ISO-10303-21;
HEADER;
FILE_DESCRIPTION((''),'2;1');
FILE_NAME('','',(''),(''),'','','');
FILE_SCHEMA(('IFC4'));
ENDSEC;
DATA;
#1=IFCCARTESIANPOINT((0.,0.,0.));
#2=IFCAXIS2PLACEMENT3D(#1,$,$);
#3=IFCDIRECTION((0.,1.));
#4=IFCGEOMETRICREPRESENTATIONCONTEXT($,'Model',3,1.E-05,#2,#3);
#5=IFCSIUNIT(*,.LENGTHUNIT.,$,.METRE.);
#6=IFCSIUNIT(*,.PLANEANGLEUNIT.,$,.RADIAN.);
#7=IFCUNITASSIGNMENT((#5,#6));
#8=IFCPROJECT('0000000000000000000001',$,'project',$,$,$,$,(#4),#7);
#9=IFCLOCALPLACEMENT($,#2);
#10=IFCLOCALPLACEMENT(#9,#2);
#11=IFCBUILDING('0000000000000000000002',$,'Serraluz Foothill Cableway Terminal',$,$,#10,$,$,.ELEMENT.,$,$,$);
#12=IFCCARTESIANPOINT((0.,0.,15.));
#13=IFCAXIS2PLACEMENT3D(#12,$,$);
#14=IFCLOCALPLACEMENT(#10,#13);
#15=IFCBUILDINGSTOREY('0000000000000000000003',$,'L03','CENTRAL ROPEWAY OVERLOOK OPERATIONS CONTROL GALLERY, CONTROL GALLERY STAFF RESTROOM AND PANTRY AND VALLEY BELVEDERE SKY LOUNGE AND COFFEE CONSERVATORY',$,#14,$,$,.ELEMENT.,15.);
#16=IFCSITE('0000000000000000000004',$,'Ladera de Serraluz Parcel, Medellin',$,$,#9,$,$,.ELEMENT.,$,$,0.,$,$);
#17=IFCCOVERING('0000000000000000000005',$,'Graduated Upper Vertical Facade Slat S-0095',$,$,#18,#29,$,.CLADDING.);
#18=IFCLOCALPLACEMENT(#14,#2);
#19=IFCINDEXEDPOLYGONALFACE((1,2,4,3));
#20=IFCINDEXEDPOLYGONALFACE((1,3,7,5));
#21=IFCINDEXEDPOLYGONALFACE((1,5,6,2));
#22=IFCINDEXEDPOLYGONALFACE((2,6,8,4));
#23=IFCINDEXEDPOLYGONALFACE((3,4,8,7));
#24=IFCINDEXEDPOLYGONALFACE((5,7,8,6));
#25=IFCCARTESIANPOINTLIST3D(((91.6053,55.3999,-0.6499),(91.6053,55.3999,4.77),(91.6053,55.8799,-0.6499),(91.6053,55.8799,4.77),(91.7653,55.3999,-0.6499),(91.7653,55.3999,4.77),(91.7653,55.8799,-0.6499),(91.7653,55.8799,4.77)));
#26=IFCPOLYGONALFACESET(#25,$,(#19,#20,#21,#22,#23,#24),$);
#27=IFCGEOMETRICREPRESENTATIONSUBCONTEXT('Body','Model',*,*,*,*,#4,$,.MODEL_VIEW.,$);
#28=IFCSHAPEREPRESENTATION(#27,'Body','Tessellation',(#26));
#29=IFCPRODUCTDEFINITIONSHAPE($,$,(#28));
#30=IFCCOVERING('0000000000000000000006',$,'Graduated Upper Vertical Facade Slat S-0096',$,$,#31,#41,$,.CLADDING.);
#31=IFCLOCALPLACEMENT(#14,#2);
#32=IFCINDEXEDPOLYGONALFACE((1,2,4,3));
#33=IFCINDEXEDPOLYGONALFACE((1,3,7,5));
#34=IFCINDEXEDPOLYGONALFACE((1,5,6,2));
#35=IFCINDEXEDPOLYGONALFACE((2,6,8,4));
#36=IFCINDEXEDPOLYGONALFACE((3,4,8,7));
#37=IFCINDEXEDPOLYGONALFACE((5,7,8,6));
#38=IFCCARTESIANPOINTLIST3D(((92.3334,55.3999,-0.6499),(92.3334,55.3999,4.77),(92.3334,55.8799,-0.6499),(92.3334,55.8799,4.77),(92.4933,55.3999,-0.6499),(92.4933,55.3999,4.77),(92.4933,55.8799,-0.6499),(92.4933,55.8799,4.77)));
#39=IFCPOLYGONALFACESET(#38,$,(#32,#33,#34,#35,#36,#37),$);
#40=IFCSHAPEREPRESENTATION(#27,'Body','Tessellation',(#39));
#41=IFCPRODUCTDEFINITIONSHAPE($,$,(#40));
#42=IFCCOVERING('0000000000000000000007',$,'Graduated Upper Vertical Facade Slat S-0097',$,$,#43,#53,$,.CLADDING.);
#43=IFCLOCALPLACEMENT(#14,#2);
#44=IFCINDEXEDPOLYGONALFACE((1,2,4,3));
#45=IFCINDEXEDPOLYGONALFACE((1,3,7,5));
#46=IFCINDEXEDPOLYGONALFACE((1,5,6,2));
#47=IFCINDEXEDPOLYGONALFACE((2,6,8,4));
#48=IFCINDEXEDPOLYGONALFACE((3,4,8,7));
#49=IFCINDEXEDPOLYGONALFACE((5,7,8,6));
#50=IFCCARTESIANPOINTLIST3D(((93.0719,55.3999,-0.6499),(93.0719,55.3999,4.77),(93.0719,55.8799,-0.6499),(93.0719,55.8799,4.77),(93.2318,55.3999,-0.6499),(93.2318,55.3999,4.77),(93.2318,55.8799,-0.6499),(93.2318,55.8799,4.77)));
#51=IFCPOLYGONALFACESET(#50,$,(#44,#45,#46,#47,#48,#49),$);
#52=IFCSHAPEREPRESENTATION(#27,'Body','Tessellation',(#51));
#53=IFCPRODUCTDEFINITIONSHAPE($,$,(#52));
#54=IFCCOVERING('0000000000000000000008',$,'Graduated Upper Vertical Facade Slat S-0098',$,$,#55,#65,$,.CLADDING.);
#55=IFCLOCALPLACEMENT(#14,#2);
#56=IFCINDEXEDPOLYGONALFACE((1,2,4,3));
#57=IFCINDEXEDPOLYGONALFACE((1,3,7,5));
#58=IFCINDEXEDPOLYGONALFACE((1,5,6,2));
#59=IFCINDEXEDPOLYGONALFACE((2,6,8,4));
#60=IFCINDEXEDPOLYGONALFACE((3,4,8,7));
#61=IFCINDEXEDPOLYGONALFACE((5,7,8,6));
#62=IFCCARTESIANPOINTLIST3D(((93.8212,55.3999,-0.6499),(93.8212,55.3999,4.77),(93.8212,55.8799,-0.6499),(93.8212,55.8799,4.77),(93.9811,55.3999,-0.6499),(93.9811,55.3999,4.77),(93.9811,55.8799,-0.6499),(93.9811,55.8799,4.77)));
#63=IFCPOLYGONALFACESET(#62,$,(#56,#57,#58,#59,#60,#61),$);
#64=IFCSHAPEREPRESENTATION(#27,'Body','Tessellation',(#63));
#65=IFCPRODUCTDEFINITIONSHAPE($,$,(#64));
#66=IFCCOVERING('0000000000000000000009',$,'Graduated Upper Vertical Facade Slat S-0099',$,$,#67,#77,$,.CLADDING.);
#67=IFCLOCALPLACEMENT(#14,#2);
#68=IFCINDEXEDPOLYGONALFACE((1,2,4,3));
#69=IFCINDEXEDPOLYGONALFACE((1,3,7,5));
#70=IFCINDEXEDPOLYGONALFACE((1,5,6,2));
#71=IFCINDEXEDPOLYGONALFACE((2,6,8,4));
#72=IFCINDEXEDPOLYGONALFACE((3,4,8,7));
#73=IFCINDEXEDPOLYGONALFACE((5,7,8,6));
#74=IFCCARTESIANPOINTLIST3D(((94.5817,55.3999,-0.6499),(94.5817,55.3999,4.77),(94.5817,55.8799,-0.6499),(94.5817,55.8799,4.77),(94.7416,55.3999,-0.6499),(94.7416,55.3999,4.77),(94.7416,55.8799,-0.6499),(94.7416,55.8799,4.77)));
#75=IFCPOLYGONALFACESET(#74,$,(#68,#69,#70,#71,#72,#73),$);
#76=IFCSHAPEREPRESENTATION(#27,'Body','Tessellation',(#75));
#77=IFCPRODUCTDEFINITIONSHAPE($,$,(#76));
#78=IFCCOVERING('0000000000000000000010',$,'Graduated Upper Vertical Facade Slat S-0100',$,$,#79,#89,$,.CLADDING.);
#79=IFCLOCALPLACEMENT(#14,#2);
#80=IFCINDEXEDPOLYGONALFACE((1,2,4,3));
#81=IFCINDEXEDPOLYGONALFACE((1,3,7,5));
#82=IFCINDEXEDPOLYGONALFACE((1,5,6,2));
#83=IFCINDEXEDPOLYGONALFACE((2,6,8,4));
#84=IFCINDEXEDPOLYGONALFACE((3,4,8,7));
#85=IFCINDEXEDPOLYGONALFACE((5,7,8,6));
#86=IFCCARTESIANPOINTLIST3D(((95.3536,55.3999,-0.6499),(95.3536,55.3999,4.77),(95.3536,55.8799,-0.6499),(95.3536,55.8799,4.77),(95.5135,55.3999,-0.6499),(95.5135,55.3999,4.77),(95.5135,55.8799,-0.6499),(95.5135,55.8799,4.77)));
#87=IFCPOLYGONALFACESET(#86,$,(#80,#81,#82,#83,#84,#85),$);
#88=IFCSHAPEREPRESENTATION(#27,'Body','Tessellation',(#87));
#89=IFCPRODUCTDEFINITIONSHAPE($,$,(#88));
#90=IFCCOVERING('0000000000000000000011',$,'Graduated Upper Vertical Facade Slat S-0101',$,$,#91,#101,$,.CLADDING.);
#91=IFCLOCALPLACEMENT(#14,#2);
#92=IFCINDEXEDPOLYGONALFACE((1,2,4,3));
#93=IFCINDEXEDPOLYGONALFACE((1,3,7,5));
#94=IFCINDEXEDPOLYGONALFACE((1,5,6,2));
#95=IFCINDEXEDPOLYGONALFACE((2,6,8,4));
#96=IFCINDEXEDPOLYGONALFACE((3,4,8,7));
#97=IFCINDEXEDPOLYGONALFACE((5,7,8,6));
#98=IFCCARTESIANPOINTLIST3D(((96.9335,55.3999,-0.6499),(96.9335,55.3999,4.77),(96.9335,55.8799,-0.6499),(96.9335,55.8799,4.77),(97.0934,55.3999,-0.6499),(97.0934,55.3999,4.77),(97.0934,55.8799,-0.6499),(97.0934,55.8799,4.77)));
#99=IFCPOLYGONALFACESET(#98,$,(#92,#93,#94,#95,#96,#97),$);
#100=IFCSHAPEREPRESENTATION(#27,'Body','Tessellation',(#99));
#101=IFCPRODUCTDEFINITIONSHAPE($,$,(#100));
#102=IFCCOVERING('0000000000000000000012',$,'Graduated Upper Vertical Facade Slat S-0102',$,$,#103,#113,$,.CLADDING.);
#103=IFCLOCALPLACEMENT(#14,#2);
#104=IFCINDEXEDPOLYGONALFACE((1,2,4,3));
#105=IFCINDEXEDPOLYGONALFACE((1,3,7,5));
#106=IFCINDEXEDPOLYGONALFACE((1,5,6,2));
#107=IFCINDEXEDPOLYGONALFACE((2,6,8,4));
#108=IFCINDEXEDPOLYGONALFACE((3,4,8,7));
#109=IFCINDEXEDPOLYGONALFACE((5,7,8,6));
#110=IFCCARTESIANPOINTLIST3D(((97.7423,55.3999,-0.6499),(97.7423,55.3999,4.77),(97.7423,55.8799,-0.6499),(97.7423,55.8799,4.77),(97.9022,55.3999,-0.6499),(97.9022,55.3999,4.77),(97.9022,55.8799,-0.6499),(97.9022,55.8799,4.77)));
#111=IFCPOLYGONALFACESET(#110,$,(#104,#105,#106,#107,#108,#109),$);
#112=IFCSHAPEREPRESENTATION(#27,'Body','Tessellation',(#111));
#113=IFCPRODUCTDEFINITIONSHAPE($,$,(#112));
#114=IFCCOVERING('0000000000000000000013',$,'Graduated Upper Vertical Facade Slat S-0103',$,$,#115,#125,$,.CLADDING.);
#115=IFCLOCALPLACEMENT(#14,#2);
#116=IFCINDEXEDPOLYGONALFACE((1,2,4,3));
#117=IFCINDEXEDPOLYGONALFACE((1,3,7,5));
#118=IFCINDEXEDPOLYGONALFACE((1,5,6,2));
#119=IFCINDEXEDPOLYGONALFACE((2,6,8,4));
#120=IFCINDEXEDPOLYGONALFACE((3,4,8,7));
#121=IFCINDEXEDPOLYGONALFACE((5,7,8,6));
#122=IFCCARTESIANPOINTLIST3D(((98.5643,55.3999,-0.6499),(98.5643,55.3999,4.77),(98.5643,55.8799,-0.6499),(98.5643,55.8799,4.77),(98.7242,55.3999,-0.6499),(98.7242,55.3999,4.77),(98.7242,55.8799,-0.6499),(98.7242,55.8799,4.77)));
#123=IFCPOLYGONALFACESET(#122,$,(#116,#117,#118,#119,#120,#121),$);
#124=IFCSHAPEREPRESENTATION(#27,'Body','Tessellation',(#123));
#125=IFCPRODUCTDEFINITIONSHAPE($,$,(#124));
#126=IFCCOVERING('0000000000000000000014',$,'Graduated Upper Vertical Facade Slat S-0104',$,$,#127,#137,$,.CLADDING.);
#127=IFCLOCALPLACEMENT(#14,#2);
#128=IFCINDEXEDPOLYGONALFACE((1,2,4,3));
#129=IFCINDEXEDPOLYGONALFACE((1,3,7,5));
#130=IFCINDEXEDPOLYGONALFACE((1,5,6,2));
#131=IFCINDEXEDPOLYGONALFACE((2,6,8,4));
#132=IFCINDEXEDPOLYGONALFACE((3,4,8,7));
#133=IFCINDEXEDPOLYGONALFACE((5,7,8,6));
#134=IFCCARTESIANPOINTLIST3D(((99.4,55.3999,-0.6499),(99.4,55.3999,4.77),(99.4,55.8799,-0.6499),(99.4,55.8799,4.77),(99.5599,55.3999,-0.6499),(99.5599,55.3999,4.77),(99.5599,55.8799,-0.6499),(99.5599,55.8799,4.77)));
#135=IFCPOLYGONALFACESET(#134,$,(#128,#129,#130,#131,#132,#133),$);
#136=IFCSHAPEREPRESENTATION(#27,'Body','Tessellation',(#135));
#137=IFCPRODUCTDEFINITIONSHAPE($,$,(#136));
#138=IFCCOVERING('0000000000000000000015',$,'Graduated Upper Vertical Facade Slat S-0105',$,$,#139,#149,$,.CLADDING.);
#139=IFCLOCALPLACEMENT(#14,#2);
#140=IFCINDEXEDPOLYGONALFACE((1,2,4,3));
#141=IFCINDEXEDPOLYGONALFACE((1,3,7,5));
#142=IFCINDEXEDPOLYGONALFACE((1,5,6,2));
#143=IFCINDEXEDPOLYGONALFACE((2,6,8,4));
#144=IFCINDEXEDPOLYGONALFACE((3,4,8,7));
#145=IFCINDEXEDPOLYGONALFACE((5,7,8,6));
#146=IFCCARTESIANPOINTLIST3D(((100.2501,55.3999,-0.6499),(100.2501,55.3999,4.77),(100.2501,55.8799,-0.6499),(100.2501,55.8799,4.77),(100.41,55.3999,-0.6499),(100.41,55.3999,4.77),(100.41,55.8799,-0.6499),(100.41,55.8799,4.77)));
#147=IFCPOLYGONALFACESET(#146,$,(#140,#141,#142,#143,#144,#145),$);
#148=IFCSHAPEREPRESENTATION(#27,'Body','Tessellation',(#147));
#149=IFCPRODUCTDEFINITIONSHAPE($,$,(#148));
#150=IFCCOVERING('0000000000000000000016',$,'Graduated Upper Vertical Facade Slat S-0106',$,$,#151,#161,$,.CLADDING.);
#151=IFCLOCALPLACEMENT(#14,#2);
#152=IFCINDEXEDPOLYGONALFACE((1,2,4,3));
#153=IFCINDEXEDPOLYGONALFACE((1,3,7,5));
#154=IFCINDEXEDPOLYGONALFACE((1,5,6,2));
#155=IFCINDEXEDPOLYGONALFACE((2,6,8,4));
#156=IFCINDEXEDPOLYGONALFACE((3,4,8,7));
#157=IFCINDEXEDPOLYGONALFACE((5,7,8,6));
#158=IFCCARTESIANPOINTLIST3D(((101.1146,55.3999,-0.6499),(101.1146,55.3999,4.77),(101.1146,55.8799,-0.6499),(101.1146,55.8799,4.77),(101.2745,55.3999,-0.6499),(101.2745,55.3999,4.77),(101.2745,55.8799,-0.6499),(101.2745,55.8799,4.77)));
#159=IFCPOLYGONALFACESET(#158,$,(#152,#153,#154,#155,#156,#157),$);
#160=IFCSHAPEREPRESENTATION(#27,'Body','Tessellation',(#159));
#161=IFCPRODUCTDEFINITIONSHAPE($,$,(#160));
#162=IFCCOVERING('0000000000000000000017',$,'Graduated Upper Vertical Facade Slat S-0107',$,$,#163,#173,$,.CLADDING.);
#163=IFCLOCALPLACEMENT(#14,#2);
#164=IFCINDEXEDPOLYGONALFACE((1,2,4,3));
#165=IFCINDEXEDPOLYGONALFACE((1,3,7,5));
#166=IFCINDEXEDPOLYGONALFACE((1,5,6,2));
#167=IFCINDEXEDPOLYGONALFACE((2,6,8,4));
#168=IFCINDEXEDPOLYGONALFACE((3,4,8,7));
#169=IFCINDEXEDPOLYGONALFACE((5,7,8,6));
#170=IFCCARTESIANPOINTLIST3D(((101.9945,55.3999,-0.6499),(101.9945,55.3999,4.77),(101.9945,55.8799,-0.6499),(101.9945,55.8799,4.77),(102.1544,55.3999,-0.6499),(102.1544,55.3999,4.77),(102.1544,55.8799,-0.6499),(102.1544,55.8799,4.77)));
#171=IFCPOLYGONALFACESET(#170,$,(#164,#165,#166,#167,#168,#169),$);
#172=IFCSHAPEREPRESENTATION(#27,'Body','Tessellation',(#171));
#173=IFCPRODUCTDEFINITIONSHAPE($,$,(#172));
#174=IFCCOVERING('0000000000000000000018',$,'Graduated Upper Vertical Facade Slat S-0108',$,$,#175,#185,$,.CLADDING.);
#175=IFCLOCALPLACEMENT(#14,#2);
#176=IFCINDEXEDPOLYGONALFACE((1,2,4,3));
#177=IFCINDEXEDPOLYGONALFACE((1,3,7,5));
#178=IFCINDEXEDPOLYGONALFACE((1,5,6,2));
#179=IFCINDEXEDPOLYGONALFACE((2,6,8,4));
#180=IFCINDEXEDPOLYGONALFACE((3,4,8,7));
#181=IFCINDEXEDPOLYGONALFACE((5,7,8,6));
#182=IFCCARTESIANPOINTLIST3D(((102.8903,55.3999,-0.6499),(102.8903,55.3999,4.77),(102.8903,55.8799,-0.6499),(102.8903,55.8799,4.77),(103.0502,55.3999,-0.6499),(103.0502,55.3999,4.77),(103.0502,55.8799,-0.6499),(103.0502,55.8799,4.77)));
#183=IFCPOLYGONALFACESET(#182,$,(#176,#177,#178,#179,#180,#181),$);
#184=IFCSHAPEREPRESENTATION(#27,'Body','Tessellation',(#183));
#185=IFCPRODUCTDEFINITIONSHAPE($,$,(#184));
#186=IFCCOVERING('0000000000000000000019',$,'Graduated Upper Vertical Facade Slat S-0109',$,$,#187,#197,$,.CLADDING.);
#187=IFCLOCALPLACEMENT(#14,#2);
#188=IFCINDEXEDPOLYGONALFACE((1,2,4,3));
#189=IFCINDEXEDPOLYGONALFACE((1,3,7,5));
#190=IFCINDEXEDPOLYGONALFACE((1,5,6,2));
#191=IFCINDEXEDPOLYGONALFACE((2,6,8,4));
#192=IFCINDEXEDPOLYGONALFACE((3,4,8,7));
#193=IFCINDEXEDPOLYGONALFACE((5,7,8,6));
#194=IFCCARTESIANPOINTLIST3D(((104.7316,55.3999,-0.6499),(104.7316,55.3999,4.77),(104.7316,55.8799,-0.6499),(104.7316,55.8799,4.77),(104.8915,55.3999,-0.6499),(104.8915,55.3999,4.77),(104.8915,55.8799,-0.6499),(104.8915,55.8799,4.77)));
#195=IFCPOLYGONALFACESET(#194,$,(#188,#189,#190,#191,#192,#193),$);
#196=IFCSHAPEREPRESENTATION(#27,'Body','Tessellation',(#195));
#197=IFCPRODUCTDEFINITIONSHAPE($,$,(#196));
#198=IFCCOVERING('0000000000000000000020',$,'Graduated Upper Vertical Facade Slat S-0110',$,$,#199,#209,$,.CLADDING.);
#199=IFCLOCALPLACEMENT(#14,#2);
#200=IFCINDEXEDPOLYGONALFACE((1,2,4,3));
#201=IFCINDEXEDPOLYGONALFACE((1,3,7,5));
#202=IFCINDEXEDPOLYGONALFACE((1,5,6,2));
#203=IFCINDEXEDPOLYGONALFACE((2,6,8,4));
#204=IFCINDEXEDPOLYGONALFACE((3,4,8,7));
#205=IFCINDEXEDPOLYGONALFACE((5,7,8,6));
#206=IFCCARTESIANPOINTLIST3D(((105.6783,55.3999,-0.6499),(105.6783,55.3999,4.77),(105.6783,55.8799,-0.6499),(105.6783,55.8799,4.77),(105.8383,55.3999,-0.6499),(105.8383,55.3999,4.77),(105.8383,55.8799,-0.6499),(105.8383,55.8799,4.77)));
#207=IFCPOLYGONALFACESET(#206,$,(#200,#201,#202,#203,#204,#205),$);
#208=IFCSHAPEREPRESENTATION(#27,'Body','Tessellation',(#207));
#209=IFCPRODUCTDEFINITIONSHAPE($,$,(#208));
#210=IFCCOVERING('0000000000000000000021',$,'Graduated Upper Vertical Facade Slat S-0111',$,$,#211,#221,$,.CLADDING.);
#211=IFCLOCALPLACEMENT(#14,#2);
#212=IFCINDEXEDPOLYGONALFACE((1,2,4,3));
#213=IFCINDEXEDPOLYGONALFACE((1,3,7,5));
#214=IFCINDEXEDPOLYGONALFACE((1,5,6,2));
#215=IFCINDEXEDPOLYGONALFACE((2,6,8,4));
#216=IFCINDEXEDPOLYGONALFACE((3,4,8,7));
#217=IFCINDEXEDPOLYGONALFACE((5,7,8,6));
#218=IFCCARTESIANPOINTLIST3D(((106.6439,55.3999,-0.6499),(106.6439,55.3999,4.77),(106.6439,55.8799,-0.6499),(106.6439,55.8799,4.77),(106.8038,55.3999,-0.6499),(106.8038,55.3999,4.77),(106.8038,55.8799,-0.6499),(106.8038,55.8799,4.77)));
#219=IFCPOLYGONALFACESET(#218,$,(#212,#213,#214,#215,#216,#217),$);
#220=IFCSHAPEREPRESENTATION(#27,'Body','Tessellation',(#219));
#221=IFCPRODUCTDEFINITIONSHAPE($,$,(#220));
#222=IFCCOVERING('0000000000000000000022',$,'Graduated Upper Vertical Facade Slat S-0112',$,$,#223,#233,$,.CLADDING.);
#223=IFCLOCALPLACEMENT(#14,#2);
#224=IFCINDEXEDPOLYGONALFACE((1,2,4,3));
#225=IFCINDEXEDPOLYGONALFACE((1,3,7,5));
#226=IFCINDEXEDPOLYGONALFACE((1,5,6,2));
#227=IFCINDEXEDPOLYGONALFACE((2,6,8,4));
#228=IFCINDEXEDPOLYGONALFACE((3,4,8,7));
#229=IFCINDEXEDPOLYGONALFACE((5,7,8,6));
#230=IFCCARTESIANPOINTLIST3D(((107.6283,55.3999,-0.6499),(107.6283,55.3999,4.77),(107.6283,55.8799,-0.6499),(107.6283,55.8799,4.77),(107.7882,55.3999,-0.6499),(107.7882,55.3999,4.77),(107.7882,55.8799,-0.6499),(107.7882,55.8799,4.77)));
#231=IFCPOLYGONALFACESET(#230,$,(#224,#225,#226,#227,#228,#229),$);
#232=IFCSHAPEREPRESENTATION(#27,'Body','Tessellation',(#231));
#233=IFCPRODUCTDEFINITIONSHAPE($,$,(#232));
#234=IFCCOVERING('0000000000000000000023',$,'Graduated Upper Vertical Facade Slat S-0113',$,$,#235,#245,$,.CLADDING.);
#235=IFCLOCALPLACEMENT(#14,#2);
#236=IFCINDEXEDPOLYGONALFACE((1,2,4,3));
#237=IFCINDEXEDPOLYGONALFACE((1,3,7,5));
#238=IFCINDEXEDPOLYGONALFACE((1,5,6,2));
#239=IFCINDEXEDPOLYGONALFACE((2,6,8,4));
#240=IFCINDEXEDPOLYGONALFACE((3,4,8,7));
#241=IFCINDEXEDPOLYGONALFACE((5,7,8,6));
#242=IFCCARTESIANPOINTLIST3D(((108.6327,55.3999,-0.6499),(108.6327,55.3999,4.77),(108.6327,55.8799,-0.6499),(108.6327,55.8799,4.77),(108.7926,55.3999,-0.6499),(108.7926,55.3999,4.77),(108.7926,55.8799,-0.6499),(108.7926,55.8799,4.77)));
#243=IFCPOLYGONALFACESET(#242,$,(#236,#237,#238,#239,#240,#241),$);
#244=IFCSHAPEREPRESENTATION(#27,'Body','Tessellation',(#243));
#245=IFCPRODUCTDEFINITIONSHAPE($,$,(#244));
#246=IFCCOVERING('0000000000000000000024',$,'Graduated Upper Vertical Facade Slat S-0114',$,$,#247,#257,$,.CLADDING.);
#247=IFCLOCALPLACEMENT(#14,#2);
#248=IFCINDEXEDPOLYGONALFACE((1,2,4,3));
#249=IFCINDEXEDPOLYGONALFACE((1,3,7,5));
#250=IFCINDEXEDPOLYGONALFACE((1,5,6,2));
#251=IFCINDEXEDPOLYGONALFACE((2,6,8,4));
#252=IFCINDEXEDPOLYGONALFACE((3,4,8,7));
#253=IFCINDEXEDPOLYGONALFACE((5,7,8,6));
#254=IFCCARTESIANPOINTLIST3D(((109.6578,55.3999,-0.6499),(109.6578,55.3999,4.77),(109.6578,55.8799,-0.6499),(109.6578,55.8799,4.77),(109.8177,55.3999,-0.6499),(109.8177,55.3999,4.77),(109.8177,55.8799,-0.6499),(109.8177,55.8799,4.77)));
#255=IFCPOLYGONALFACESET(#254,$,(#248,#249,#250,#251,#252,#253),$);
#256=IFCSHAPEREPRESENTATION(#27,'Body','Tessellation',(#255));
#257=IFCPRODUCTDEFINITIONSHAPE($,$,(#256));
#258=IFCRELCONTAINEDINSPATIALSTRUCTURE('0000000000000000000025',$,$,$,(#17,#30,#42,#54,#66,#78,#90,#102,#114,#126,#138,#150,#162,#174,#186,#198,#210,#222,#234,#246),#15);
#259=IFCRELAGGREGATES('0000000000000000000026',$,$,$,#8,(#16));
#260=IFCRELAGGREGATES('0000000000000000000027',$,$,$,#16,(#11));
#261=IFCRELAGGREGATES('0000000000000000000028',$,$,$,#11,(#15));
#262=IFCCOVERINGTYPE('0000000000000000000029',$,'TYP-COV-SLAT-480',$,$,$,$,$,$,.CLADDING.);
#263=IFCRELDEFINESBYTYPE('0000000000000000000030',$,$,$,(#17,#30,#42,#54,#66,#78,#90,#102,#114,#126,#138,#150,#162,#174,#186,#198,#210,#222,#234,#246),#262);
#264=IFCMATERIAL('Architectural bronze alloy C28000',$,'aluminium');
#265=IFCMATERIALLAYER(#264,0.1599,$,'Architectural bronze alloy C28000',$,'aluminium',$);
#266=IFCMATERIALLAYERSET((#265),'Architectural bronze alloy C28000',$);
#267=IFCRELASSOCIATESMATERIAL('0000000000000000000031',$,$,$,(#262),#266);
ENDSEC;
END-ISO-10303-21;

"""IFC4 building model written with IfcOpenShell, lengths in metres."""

from ifc_helpers import new_model, si_unit, direction, frame, origin, origin_2d, place, context, subcontext, project, spatial, rectangle, extrude, material, layer, layer_set, type_object, element, save


model = new_model("IFC4")

# Units and contexts
model_context = context("Model", 3, precision=1e-05, world=origin(), true_north=direction((0.0, 1.0)))
body_context = subcontext(model_context, "Body", "Model", "MODEL_VIEW")
ifc_project = project(units=[si_unit("LENGTHUNIT", "METRE"), si_unit("PLANEANGLEUNIT", "RADIAN")], contexts=[model_context])

# Site, building, storey
site_placement = place(None, origin())
site = spatial("IfcSite", under=ifc_project, at=site_placement, Name="Ladera de Serraluz Parcel, Medellin", CompositionType="ELEMENT", RefElevation=0.0)
building_placement = place(site_placement, origin())
building = spatial("IfcBuilding", under=site, at=building_placement, Name="Serraluz Foothill Cableway Terminal", CompositionType="ELEMENT")
storey_placement = place(building_placement, frame((0.0, 0.0, 15.0)))
storey = spatial("IfcBuildingStorey", under=building, at=storey_placement, Name="L03", Description="CENTRAL ROPEWAY OVERLOOK OPERATIONS CONTROL GALLERY, CONTROL GALLERY STAFF RESTROOM AND PANTRY AND VALLEY BELVEDERE SKY LOUNGE AND COFFEE CONSERVATORY", CompositionType="ELEMENT", Elevation=15.0)

# Shared definitions
ifc_material_1 = material(Name="Architectural bronze alloy C28000", Category="aluminium")

# Coverings
ifc_layer_1 = layer(ifc_material_1, 0.1599, Name="Architectural bronze alloy C28000", Category="aluminium")
ifc_layer_set_1 = layer_set([ifc_layer_1], Name="Architectural bronze alloy C28000")
covering_type = type_object("IfcCoveringType", Name="TYP-COV-SLAT-480", PredefinedType="CLADDING", material=ifc_layer_set_1)
for number, where, z_axis, x_axis, name in (
    (1, (91.6853, 55.6399, -0.6499), (0.0, 0.0, 1.0), (1.0, 0.0, 0.0), "Graduated Upper Vertical Facade Slat S-0095"),
    (2, (92.4133, 55.6399, -0.6499), (0.0, 0.0, 1.0), (1.0, 0.0, 0.0), "Graduated Upper Vertical Facade Slat S-0096"),
    (3, (93.1519, 55.6399, -0.6499), (0.0, 0.0, 1.0), (1.0, 0.0, 0.0), "Graduated Upper Vertical Facade Slat S-0097"),
    (4, (93.9011, 55.6399, -0.6499), (0.0, 0.0, 1.0), (1.0, 0.0, 0.0), "Graduated Upper Vertical Facade Slat S-0098"),
    (5, (94.6616, 55.6399, -0.6499), (0.0, 0.0, 1.0), (1.0, 0.0, 0.0), "Graduated Upper Vertical Facade Slat S-0099"),
    (6, (95.4336, 55.6399, -0.6499), (0.0, 0.0, 1.0), (1.0, 0.0, 0.0), "Graduated Upper Vertical Facade Slat S-0100"),
    (7, (97.0134, 55.6399, -0.6499), (0.0, 0.0, 1.0), (1.0, 0.0, 0.0), "Graduated Upper Vertical Facade Slat S-0101"),
    (8, (97.8223, 55.6399, -0.6499), (0.0, 0.0, 1.0), (1.0, 0.0, 0.0), "Graduated Upper Vertical Facade Slat S-0102"),
    (9, (98.6443, 55.6399, -0.6499), (0.0, 0.0, 1.0), (1.0, 0.0, 0.0), "Graduated Upper Vertical Facade Slat S-0103"),
    (10, (99.48, 55.6399, -0.6499), (0.0, 0.0, 1.0), (1.0, 0.0, 0.0), "Graduated Upper Vertical Facade Slat S-0104"),
    (11, (100.3301, 55.6399, -0.6499), (0.0, 0.0, 1.0), (1.0, 0.0, 0.0), "Graduated Upper Vertical Facade Slat S-0105"),
    (12, (101.1946, 55.6399, -0.6499), (0.0, 0.0, 1.0), (1.0, 0.0, 0.0), "Graduated Upper Vertical Facade Slat S-0106"),
    (13, (102.0745, 55.6399, -0.6499), (0.0, 0.0, 1.0), (1.0, 0.0, 0.0), "Graduated Upper Vertical Facade Slat S-0107"),
    (14, (102.9702, 55.6399, -0.6499), (0.0, 0.0, 1.0), (1.0, 0.0, 0.0), "Graduated Upper Vertical Facade Slat S-0108"),
    (15, (104.8115, 55.6399, -0.6499), (0.0, 0.0, 1.0), (1.0, 0.0, 0.0), "Graduated Upper Vertical Facade Slat S-0109"),
    (16, (105.7583, 55.6399, -0.6499), (0.0, 0.0, 1.0), (1.0, 0.0, 0.0), "Graduated Upper Vertical Facade Slat S-0110"),
    (17, (106.7239, 55.6399, -0.6499), (0.0, 0.0, 1.0), (1.0, 0.0, 0.0), "Graduated Upper Vertical Facade Slat S-0111"),
    (18, (107.7083, 55.6399, -0.6499), (0.0, 0.0, 1.0), (1.0, 0.0, 0.0), "Graduated Upper Vertical Facade Slat S-0112"),
    (19, (108.7126, 55.6399, -0.6499), (0.0, 0.0, 1.0), (1.0, 0.0, 0.0), "Graduated Upper Vertical Facade Slat S-0113"),
    (20, (109.7378, 55.6399, -0.6499), (0.0, 0.0, 1.0), (1.0, 0.0, 0.0), "Graduated Upper Vertical Facade Slat S-0114"),
):
    element("IfcCovering", number, at=place(storey_placement, frame(where, z_axis=z_axis, x_axis=x_axis)), inside=storey, type_object=covering_type, Name=name, PredefinedType="CLADDING", context=body_context, shape_type="SweptSolid", body=[
        extrude(rectangle(XDim=0.1599, YDim=0.48, at=origin_2d()), origin(), (0.0, 0.0, 1.0), 5.4199),
    ])

save(model, "model.ifc")
